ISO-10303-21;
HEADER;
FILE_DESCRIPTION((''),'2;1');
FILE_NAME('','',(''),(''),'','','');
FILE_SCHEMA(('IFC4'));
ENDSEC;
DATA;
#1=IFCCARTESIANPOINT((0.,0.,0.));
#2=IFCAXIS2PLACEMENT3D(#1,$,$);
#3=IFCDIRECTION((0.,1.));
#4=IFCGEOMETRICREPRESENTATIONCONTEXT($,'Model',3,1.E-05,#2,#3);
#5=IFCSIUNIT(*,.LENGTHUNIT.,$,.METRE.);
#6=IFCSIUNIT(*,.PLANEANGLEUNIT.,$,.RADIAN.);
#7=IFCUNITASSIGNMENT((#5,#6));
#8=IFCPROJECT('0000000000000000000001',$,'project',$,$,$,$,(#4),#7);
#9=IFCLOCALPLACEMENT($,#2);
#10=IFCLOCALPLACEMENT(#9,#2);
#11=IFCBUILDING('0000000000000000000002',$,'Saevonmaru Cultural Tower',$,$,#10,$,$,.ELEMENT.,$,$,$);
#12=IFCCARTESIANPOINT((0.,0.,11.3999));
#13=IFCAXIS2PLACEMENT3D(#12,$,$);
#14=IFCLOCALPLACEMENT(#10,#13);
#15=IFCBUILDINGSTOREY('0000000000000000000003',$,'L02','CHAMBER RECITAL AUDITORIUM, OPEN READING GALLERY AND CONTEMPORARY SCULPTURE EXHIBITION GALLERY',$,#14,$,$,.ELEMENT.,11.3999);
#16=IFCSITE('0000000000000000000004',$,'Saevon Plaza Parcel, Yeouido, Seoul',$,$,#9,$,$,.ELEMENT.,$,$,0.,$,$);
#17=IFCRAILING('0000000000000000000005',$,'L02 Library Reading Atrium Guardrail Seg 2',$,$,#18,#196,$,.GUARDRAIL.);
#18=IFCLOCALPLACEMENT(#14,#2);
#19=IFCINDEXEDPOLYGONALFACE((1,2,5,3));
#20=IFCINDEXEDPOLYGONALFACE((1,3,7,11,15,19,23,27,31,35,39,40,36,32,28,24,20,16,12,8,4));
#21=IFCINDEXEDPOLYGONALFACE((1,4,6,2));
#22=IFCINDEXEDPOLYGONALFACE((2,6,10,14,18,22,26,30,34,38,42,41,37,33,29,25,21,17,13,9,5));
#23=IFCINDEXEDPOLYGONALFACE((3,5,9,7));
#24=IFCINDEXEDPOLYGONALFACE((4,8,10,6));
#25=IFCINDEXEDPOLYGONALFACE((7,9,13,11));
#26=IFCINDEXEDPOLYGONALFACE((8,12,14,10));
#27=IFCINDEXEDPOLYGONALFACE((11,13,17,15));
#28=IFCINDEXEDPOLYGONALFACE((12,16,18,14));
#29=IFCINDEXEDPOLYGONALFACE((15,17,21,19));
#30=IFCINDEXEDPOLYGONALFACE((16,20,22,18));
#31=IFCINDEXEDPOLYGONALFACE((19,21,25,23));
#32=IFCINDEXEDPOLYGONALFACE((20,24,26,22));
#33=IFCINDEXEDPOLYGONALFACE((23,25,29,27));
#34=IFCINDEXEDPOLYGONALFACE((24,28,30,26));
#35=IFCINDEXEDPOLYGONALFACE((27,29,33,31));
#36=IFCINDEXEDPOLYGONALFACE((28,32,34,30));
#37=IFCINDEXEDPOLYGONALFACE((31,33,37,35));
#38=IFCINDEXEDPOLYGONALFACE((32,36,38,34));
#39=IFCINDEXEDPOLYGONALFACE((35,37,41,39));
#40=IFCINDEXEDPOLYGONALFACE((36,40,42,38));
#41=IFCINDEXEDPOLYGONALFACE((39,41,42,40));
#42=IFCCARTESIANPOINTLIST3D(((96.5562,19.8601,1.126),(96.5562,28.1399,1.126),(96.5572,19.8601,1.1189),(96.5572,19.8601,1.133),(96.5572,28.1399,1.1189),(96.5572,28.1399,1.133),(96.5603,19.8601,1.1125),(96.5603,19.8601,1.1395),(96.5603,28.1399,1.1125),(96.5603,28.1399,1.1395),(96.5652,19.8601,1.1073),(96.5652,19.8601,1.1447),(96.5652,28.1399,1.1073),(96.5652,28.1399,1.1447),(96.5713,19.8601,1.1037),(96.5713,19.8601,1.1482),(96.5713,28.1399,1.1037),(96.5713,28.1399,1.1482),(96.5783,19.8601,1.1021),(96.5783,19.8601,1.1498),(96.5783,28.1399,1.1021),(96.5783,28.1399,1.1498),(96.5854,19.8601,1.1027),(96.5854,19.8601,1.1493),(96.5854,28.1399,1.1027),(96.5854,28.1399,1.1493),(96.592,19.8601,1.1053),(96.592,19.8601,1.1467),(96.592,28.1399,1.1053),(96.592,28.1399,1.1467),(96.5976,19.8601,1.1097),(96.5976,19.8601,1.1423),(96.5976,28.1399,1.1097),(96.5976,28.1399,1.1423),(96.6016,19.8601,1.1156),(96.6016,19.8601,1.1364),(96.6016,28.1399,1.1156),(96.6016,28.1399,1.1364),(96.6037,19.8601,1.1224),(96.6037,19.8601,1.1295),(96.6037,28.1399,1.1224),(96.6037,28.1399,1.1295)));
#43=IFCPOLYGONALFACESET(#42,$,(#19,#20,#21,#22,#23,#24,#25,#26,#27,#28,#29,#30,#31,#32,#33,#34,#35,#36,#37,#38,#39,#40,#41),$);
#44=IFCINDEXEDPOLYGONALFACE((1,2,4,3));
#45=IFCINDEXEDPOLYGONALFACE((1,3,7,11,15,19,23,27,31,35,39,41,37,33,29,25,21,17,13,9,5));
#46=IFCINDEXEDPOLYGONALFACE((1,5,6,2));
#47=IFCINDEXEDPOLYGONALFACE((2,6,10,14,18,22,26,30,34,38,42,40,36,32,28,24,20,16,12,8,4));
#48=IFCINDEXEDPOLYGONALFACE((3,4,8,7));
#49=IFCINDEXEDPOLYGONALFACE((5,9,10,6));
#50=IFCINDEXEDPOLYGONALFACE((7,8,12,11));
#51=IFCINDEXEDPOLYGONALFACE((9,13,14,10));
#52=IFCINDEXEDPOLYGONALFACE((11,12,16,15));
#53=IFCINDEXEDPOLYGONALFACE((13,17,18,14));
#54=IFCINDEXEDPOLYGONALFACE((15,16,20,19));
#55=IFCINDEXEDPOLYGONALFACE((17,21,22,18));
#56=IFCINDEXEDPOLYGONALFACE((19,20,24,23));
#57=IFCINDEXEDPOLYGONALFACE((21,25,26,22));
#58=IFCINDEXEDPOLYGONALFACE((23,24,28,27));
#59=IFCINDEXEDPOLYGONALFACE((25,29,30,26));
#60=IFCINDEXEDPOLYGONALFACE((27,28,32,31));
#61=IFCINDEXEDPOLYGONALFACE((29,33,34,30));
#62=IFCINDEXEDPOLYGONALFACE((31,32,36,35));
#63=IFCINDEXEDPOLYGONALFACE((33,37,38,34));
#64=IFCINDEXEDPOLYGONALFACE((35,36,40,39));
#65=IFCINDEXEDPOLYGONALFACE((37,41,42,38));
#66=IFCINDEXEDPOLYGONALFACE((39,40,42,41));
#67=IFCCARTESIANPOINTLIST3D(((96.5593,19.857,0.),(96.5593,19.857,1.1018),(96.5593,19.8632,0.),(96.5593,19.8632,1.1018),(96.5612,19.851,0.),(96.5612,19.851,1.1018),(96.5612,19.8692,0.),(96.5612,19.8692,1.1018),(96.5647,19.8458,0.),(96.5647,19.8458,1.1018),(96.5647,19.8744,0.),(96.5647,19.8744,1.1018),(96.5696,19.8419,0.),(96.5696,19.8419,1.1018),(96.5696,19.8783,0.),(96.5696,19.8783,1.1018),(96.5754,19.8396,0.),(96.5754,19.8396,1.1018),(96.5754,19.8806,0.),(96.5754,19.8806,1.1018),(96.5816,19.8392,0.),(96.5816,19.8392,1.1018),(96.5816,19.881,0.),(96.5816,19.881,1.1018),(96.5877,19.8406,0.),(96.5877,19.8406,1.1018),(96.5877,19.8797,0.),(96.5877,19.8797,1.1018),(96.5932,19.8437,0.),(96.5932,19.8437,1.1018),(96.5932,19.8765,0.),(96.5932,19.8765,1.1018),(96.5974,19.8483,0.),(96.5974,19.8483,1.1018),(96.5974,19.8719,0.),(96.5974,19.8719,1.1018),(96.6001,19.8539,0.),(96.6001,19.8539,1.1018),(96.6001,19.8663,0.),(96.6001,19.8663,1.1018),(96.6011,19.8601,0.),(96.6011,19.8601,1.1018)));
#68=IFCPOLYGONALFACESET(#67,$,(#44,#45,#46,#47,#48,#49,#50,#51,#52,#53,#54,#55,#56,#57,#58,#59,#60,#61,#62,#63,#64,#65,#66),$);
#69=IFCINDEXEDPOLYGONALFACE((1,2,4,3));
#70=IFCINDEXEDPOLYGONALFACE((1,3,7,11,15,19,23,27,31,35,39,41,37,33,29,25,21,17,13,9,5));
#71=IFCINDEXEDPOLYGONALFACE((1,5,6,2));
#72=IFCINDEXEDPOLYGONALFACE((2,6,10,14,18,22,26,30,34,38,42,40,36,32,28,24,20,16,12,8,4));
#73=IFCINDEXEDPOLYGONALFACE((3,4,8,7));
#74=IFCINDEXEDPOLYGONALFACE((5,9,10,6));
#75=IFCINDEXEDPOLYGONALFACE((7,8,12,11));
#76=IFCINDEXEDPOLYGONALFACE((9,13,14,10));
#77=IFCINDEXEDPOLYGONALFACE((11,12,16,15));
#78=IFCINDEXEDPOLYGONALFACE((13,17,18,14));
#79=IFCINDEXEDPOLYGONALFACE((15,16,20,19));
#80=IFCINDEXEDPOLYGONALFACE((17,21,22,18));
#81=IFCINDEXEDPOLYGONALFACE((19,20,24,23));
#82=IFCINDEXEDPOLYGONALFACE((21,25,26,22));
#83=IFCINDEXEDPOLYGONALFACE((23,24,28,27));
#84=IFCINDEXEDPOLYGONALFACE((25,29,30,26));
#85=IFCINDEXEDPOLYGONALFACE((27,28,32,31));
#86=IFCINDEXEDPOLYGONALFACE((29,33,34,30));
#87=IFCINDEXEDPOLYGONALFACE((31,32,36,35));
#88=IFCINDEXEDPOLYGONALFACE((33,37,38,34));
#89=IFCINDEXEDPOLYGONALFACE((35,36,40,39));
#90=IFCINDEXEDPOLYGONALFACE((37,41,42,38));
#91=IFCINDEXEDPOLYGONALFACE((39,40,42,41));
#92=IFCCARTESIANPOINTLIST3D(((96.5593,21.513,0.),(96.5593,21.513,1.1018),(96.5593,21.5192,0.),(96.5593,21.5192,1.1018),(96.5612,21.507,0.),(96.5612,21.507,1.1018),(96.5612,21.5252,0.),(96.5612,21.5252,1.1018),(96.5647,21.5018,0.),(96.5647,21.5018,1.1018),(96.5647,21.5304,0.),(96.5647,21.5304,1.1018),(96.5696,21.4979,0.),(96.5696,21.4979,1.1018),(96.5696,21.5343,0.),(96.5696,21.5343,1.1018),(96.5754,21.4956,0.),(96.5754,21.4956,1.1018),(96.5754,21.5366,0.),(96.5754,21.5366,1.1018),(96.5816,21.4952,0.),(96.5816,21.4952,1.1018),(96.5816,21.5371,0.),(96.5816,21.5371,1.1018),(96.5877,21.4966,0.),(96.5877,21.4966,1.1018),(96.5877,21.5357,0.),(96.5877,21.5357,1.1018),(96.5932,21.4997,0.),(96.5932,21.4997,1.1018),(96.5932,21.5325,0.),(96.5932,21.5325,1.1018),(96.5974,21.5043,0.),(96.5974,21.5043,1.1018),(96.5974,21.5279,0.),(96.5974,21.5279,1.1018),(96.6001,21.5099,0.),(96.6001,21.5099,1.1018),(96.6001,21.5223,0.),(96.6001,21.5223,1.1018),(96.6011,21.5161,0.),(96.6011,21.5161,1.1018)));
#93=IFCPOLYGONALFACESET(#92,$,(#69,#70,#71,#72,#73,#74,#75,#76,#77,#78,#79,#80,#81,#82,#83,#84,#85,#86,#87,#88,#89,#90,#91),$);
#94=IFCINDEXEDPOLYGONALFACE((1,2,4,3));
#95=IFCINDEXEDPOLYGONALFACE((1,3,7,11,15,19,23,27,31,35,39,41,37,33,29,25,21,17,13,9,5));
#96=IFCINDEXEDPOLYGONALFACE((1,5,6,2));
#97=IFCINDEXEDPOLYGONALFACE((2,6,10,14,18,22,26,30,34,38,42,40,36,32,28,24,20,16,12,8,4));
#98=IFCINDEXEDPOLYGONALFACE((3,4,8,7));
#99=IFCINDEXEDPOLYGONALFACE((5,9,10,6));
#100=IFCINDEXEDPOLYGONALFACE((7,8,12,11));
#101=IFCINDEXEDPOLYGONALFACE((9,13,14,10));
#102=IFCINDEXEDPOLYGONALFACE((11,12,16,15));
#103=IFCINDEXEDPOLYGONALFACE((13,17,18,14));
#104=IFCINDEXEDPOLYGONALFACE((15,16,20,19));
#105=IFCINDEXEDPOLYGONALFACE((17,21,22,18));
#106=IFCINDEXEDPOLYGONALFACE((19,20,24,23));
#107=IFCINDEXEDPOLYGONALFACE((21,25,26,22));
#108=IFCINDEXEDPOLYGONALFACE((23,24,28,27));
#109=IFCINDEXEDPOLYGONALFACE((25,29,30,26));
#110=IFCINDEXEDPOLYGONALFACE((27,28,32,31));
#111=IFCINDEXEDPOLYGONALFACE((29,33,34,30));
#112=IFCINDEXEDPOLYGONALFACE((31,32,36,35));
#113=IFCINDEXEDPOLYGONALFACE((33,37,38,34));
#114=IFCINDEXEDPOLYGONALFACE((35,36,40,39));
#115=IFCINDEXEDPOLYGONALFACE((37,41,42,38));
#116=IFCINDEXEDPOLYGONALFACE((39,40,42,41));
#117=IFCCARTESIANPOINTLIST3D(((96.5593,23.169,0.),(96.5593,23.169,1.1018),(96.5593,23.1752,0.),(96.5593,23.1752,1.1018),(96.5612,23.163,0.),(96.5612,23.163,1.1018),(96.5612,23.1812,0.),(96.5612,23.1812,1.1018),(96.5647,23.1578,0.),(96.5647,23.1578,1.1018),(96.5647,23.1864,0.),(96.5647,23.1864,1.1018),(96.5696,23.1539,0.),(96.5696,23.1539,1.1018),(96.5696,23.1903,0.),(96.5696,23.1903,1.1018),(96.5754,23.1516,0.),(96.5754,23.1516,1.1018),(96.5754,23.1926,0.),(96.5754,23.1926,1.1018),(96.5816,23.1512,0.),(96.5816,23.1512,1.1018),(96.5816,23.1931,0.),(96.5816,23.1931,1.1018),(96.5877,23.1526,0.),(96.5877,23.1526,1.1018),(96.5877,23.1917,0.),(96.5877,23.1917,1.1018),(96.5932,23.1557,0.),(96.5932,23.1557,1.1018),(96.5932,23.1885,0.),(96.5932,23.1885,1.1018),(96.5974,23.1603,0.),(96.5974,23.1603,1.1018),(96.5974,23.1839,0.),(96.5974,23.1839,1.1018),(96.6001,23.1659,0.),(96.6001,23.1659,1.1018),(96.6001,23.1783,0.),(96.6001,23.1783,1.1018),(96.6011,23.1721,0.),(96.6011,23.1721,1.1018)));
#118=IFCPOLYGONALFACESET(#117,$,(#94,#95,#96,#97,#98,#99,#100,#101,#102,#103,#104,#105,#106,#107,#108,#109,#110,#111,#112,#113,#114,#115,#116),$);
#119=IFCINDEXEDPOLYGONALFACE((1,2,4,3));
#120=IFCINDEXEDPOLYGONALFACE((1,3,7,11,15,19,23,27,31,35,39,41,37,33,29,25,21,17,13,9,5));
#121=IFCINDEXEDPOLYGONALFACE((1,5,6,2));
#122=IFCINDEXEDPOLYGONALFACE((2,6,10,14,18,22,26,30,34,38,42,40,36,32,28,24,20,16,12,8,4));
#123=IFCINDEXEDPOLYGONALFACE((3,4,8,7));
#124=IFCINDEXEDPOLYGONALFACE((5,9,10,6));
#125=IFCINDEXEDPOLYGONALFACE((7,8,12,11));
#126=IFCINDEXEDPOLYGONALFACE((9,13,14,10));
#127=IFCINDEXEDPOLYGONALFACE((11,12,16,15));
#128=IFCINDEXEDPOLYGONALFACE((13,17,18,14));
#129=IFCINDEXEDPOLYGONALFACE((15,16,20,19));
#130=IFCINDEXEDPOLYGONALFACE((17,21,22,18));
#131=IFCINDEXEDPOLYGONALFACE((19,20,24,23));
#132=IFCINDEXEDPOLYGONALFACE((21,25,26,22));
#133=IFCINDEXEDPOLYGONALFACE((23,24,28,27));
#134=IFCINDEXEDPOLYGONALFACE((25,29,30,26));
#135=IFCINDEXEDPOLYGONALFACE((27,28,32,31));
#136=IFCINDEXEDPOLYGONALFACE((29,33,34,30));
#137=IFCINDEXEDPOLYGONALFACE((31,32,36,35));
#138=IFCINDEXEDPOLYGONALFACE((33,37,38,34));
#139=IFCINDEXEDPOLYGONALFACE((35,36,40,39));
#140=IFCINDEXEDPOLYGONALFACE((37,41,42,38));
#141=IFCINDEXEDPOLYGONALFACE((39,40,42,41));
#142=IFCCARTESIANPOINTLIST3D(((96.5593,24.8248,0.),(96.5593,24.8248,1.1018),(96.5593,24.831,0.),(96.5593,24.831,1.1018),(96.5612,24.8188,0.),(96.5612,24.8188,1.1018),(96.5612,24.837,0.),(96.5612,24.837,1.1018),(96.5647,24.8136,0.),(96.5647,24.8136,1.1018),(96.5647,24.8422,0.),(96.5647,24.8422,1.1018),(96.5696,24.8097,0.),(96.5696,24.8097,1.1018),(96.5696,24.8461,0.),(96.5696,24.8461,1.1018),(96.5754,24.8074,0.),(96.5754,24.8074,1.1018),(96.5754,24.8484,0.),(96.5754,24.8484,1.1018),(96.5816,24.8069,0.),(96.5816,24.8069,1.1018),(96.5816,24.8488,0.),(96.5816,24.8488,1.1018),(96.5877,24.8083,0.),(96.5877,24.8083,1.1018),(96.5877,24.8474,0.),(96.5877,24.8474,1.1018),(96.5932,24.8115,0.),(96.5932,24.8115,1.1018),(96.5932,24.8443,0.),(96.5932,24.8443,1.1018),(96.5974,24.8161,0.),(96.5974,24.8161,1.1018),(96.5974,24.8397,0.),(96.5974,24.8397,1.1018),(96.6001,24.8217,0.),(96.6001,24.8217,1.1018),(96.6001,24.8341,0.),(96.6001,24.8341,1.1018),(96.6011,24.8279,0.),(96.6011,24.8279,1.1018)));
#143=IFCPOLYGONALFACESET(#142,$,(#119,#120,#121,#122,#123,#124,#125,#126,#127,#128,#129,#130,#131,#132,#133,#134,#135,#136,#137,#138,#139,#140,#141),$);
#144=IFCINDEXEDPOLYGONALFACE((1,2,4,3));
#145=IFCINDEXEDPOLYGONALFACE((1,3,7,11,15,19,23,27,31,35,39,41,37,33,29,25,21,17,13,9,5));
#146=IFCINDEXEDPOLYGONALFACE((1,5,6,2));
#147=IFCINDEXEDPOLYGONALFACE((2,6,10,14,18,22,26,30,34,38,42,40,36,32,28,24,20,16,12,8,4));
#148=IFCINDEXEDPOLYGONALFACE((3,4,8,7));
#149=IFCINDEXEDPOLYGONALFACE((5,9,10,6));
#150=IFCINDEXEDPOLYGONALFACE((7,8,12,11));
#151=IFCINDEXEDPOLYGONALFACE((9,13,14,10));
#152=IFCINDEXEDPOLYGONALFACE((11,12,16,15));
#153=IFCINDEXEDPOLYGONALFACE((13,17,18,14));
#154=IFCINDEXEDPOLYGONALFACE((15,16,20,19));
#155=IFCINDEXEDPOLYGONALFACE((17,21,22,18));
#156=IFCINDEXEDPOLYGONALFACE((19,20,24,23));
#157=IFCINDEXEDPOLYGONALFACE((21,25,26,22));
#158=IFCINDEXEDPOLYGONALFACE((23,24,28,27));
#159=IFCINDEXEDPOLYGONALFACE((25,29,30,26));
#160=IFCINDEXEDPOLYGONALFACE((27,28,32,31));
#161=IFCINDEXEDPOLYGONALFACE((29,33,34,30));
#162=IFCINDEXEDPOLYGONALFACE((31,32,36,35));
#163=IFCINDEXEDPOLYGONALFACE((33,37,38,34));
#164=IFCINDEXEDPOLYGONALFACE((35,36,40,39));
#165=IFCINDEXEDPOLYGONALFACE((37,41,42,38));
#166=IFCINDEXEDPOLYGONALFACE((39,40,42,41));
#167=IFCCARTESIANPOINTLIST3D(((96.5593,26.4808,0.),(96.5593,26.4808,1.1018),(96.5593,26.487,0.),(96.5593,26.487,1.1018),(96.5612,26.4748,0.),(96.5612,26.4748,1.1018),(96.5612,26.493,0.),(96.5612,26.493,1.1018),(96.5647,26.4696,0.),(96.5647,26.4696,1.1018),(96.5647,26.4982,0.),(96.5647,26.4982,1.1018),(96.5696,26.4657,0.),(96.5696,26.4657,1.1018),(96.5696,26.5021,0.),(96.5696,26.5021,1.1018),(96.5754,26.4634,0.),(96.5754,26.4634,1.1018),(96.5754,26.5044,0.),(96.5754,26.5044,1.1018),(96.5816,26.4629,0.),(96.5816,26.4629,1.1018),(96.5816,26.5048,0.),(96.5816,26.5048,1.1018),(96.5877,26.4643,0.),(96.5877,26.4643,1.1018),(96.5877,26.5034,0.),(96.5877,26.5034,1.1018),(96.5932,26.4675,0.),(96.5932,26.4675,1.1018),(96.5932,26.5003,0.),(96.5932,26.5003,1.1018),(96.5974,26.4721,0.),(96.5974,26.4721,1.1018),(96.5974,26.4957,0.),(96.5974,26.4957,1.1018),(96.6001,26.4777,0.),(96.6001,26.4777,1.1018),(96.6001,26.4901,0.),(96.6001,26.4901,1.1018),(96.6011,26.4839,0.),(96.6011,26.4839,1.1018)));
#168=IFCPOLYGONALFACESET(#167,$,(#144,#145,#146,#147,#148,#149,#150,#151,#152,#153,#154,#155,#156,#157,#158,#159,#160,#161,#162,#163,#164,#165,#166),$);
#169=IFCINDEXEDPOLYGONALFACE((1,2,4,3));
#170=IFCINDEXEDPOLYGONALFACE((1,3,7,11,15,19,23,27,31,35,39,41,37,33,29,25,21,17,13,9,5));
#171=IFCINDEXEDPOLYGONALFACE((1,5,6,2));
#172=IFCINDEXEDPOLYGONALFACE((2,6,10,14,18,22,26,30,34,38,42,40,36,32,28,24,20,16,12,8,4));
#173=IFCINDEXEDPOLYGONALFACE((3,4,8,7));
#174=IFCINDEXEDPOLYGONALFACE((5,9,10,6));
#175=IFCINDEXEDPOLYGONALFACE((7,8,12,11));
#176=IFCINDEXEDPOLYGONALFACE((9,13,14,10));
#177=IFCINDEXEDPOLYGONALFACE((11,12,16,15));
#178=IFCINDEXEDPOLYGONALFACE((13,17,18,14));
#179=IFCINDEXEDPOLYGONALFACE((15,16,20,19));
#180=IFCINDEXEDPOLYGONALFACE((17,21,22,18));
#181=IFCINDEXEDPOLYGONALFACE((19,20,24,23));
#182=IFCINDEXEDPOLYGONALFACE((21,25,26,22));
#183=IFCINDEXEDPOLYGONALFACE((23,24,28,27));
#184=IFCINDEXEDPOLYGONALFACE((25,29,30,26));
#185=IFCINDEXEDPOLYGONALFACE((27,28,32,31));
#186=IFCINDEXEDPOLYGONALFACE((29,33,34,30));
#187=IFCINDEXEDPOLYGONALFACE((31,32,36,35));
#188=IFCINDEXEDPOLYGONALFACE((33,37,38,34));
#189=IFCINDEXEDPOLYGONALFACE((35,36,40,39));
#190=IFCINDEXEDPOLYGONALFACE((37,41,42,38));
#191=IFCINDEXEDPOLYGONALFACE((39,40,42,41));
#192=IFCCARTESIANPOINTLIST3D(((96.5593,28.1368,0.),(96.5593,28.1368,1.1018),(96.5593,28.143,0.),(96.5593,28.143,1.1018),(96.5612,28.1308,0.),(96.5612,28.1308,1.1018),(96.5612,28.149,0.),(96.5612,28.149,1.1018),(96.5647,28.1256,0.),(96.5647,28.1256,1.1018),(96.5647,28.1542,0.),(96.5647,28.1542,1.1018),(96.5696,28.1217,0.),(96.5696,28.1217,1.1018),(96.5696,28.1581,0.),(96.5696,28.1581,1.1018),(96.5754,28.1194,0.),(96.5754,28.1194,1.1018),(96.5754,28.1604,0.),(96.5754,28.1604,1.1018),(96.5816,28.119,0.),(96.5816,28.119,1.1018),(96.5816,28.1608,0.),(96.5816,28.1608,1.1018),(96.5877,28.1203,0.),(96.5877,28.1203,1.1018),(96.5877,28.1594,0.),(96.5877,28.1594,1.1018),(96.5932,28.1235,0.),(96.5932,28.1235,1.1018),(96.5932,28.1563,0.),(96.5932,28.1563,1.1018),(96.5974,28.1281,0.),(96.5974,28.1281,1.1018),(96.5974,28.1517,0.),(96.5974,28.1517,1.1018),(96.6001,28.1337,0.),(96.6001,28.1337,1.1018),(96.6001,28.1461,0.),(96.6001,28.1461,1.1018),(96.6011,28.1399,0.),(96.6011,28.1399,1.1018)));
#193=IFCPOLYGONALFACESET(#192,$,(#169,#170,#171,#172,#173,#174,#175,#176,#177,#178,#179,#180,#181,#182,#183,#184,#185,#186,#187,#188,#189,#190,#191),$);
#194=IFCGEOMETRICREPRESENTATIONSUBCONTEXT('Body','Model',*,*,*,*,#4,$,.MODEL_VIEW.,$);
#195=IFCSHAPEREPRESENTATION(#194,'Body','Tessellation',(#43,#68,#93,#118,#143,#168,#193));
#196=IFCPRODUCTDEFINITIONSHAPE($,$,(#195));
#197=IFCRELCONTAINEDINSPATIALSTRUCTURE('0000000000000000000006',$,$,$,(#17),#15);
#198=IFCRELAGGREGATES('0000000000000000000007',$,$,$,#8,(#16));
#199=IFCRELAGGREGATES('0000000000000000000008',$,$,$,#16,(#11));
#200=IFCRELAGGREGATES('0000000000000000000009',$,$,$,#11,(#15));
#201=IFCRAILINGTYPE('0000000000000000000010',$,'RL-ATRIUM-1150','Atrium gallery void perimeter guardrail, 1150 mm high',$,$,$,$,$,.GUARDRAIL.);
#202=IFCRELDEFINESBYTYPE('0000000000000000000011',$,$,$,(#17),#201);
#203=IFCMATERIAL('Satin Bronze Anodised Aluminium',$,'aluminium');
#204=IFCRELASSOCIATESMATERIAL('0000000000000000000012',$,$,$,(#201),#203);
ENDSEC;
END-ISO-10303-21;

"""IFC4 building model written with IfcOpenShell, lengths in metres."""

from ifc_helpers import new_model, si_unit, direction, frame, origin, origin_2d, place, context, subcontext, project, spatial, circle, extrude, material, type_object, element, save


model = new_model("IFC4")

# Units and contexts
model_context = context("Model", 3, precision=1e-05, world=origin(), true_north=direction((0.0, 1.0)))
body_context = subcontext(model_context, "Body", "Model", "MODEL_VIEW")
ifc_project = project(units=[si_unit("LENGTHUNIT", "METRE"), si_unit("PLANEANGLEUNIT", "RADIAN")], contexts=[model_context])

# Site, building, storey
site_placement = place(None, origin())
site = spatial("IfcSite", under=ifc_project, at=site_placement, Name="Saevon Plaza Parcel, Yeouido, Seoul", CompositionType="ELEMENT", RefElevation=0.0)
building_placement = place(site_placement, origin())
building = spatial("IfcBuilding", under=site, at=building_placement, Name="Saevonmaru Cultural Tower", CompositionType="ELEMENT")
storey_placement = place(building_placement, frame((0.0, 0.0, 11.3999)))
storey = spatial("IfcBuildingStorey", under=building, at=storey_placement, Name="L02", Description="CHAMBER RECITAL AUDITORIUM, OPEN READING GALLERY AND CONTEMPORARY SCULPTURE EXHIBITION GALLERY", CompositionType="ELEMENT", Elevation=11.3999)

# Shared definitions
ifc_material_1 = material(Name="Satin Bronze Anodised Aluminium", Category="aluminium")

# Railing
railing_type = type_object("IfcRailingType", Name="RL-ATRIUM-1150", Description="Atrium gallery void perimeter guardrail, 1150 mm high", PredefinedType="GUARDRAIL", material=ifc_material_1)
railing_1_placement = place(storey_placement, frame((96.5801, 19.8601, 0.0)))
element("IfcRailing", 1, at=railing_1_placement, inside=storey, type_object=railing_type, Name="L02 Library Reading Atrium Guardrail Seg 2", PredefinedType="GUARDRAIL", context=body_context, shape_type="SweptSolid", body=[
    extrude(circle(Radius=0.0239, at=origin_2d()), frame((0.0, 0.0, 1.126), z_axis=(0.0, 1.0, 0.0), x_axis=(-1.0, 0.0, 0.0)), (0.0, 0.0, 1.0), 8.2798),
    extrude(circle(Radius=0.021, at=origin_2d()), origin(), (0.0, 0.0, 1.0), 1.1018),
    extrude(circle(Radius=0.021, at=origin_2d()), frame((0.0, 1.656, 0.0)), (0.0, 0.0, 1.0), 1.1018),
    extrude(circle(Radius=0.021, at=origin_2d()), frame((0.0, 3.312, 0.0)), (0.0, 0.0, 1.0), 1.1018),
    extrude(circle(Radius=0.021, at=origin_2d()), frame((0.0, 4.9678, 0.0)), (0.0, 0.0, 1.0), 1.1018),
    extrude(circle(Radius=0.021, at=origin_2d()), frame((0.0, 6.6238, 0.0)), (0.0, 0.0, 1.0), 1.1018),
    extrude(circle(Radius=0.021, at=origin_2d()), frame((0.0, 8.2798, 0.0)), (0.0, 0.0, 1.0), 1.1018),
])

save(model, "model.ifc")
